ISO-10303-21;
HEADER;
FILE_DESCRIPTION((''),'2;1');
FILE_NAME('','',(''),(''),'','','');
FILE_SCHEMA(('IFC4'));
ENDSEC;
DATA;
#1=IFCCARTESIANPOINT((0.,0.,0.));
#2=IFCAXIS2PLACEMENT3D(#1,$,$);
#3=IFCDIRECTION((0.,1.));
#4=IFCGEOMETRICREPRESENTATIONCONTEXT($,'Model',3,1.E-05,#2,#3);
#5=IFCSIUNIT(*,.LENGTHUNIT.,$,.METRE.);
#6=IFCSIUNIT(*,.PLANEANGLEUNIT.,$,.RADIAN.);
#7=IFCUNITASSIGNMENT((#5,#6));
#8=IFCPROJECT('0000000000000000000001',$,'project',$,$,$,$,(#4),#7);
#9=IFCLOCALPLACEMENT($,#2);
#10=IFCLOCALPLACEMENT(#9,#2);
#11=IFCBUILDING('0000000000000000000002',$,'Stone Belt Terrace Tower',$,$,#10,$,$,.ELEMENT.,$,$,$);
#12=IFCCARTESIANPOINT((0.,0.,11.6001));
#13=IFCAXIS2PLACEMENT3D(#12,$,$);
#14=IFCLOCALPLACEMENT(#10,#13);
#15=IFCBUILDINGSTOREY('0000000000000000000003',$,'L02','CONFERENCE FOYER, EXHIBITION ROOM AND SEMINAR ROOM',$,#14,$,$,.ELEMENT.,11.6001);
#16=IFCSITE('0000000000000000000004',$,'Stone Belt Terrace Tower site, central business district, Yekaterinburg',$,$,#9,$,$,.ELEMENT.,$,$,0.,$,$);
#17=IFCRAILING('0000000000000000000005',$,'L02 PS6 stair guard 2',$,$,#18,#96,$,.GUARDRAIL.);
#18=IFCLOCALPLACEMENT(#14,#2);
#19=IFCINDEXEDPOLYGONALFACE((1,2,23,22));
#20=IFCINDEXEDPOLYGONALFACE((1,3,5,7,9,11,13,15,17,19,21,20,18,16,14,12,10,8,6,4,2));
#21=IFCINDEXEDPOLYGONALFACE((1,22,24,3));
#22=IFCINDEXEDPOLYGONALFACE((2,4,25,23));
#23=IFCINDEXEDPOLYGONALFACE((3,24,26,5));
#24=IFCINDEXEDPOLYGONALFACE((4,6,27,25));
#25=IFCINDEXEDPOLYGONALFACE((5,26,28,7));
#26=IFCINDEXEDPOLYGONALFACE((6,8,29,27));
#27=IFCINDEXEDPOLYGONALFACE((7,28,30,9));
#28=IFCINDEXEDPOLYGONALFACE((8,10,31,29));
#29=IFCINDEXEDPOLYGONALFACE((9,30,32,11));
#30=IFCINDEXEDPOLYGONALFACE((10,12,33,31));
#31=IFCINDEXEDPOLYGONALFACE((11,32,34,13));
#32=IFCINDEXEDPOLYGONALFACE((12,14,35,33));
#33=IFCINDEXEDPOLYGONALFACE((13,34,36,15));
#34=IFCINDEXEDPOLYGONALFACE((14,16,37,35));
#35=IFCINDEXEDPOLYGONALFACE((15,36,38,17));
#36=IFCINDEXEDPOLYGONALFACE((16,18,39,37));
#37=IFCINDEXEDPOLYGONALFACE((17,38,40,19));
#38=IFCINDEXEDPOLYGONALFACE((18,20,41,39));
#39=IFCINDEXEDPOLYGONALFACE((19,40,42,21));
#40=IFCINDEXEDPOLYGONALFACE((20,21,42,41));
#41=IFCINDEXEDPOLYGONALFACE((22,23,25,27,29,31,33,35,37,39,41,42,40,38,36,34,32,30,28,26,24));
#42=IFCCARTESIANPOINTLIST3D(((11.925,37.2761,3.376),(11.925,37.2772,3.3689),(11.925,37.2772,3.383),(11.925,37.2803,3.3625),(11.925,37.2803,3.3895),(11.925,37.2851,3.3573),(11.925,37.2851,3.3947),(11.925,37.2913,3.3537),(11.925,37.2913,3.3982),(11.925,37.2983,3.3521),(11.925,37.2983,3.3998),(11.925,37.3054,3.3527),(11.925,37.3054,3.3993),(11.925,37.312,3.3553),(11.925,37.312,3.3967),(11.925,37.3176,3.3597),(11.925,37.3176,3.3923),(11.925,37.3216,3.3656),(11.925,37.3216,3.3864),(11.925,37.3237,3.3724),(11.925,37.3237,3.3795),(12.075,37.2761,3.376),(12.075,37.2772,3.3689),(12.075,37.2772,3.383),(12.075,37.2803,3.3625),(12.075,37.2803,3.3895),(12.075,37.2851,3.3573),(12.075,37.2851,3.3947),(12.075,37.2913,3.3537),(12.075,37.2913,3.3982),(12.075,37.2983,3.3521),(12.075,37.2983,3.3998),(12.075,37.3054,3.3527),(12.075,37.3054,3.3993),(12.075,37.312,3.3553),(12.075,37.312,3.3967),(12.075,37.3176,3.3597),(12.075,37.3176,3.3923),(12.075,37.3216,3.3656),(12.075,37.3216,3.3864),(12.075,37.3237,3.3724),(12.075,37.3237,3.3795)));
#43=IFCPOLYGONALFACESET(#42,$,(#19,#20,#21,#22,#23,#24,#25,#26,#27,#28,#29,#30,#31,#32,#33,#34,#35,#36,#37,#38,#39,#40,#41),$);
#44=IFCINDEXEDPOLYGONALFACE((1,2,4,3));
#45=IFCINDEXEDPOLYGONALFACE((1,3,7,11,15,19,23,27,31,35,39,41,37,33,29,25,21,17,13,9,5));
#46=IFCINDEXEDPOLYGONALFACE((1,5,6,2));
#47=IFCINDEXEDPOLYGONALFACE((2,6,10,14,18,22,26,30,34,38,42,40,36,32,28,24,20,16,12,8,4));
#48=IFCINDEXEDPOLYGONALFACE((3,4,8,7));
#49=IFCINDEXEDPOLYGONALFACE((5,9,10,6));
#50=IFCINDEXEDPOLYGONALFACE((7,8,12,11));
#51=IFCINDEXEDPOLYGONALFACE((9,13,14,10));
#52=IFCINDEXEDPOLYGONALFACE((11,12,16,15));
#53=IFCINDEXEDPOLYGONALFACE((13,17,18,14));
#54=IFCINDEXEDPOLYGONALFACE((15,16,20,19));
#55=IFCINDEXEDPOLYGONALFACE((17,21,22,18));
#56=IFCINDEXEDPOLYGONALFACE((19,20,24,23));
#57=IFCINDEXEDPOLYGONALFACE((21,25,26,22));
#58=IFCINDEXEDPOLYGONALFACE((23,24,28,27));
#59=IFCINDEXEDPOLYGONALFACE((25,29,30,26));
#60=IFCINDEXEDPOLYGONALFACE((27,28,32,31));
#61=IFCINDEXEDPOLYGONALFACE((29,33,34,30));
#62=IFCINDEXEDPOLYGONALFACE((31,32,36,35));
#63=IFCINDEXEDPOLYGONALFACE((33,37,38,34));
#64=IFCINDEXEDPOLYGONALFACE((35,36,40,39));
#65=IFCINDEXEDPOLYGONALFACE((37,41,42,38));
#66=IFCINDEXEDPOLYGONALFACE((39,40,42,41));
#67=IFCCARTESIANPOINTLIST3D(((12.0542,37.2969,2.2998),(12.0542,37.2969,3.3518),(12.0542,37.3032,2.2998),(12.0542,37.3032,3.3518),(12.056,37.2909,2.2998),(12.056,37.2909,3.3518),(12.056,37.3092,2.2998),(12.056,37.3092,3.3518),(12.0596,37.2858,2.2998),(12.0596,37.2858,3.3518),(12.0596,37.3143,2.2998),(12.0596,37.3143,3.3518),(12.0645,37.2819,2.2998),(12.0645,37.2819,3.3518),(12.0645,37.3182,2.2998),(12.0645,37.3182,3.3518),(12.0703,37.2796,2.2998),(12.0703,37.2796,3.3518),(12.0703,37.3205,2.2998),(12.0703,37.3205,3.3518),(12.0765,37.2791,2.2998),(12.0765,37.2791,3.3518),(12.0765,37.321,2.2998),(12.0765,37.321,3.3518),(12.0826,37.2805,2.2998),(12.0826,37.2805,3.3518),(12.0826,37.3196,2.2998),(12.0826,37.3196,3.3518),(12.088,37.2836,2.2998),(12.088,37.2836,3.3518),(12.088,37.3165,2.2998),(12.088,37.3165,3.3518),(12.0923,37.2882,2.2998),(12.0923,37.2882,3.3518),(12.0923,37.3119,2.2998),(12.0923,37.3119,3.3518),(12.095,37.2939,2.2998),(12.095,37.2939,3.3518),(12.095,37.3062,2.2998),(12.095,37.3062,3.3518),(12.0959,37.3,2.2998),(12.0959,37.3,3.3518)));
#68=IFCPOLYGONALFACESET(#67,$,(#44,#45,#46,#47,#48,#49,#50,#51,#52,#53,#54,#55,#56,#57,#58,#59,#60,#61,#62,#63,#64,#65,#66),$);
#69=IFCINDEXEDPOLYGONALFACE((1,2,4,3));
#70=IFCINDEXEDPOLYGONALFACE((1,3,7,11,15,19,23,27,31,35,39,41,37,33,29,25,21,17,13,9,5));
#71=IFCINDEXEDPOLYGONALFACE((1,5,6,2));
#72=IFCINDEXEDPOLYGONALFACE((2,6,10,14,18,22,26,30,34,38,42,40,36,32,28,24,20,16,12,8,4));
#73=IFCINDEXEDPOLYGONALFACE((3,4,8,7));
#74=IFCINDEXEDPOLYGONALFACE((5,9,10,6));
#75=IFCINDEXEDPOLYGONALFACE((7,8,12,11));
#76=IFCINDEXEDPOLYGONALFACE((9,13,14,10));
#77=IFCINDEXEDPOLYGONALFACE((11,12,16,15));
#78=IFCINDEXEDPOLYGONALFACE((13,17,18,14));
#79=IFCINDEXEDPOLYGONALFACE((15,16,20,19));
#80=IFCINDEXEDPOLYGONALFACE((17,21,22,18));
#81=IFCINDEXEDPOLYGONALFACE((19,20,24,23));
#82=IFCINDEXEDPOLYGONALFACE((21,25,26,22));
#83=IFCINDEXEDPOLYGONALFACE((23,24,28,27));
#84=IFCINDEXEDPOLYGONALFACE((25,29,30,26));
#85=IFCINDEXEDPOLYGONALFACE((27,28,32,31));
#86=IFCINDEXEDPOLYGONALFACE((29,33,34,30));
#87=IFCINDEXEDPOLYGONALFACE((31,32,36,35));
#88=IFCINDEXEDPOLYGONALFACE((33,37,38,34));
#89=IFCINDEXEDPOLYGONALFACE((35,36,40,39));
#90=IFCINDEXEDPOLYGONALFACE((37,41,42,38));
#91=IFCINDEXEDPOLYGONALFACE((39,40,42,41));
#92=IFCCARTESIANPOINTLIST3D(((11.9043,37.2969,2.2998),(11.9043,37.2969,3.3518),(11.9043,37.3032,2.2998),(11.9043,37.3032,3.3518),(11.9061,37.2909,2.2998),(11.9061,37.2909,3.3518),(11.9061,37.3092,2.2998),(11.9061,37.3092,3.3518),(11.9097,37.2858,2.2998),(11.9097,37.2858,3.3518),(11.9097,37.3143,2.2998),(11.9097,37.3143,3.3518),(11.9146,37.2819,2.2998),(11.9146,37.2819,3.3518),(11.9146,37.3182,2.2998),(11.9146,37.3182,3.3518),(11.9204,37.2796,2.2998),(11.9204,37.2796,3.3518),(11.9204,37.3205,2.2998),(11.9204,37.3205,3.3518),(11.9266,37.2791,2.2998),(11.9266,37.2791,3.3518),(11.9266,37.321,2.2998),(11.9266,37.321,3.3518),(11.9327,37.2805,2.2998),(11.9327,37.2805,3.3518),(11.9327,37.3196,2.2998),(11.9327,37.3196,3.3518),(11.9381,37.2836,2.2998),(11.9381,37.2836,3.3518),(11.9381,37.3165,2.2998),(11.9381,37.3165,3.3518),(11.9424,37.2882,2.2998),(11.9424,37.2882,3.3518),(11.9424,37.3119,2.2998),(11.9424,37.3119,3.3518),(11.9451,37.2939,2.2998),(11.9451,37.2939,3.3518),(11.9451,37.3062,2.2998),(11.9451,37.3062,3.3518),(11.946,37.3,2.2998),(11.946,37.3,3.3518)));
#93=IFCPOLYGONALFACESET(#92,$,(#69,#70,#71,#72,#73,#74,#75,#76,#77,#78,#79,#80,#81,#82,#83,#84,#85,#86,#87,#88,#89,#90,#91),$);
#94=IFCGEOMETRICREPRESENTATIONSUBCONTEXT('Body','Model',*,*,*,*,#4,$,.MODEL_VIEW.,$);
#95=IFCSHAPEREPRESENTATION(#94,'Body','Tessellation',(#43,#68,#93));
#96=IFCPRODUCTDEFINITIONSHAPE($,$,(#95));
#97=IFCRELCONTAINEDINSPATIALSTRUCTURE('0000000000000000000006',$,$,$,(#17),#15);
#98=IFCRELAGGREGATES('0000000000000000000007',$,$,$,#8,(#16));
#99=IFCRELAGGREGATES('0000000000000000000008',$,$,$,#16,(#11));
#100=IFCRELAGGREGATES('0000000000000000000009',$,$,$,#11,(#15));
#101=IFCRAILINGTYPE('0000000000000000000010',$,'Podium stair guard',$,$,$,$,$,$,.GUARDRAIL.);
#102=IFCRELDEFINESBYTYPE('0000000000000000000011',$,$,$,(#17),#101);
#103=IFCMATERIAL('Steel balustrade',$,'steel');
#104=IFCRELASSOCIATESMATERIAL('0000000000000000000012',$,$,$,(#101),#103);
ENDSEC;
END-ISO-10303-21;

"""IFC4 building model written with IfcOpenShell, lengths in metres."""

from ifc_helpers import new_model, si_unit, direction, frame, origin, origin_2d, place, context, subcontext, project, spatial, circle, extrude, material, type_object, element, save


model = new_model("IFC4")

# Units and contexts
model_context = context("Model", 3, precision=1e-05, world=origin(), true_north=direction((0.0, 1.0)))
body_context = subcontext(model_context, "Body", "Model", "MODEL_VIEW")
ifc_project = project(units=[si_unit("LENGTHUNIT", "METRE"), si_unit("PLANEANGLEUNIT", "RADIAN")], contexts=[model_context])

# Site, building, storey
site_placement = place(None, origin())
site = spatial("IfcSite", under=ifc_project, at=site_placement, Name="Stone Belt Terrace Tower site, central business district, Yekaterinburg", CompositionType="ELEMENT", RefElevation=0.0)
building_placement = place(site_placement, origin())
building = spatial("IfcBuilding", under=site, at=building_placement, Name="Stone Belt Terrace Tower", CompositionType="ELEMENT")
storey_placement = place(building_placement, frame((0.0, 0.0, 11.6001)))
storey = spatial("IfcBuildingStorey", under=building, at=storey_placement, Name="L02", Description="CONFERENCE FOYER, EXHIBITION ROOM AND SEMINAR ROOM", CompositionType="ELEMENT", Elevation=11.6001)

# Railing
ifc_material_1 = material(Name="Steel balustrade", Category="steel")
railing_type_1 = type_object("IfcRailingType", Name="Podium stair guard", PredefinedType="GUARDRAIL", material=ifc_material_1)
railing_1_placement = place(storey_placement, frame((12.075, 37.3, 2.2998)))
element("IfcRailing", 1, at=railing_1_placement, inside=storey, type_object=railing_type_1, Name="L02 PS6 stair guard 2", PredefinedType="GUARDRAIL", context=body_context, shape_type="SweptSolid", body=[
    extrude(circle(Radius=0.0239, at=origin_2d()), frame((0.0, 0.0, 1.0762), z_axis=(-1.0, 0.0, 0.0), x_axis=(0.0, -1.0, 0.0)), (0.0, 0.0, 1.0), 0.1499),
    extrude(circle(Radius=0.021, at=origin_2d()), origin(), (0.0, 0.0, 1.0), 1.052),
    extrude(circle(Radius=0.021, at=origin_2d()), frame((-0.1499, 0.0, 0.0)), (0.0, 0.0, 1.0), 1.052),
])

save(model, "model.ifc")
